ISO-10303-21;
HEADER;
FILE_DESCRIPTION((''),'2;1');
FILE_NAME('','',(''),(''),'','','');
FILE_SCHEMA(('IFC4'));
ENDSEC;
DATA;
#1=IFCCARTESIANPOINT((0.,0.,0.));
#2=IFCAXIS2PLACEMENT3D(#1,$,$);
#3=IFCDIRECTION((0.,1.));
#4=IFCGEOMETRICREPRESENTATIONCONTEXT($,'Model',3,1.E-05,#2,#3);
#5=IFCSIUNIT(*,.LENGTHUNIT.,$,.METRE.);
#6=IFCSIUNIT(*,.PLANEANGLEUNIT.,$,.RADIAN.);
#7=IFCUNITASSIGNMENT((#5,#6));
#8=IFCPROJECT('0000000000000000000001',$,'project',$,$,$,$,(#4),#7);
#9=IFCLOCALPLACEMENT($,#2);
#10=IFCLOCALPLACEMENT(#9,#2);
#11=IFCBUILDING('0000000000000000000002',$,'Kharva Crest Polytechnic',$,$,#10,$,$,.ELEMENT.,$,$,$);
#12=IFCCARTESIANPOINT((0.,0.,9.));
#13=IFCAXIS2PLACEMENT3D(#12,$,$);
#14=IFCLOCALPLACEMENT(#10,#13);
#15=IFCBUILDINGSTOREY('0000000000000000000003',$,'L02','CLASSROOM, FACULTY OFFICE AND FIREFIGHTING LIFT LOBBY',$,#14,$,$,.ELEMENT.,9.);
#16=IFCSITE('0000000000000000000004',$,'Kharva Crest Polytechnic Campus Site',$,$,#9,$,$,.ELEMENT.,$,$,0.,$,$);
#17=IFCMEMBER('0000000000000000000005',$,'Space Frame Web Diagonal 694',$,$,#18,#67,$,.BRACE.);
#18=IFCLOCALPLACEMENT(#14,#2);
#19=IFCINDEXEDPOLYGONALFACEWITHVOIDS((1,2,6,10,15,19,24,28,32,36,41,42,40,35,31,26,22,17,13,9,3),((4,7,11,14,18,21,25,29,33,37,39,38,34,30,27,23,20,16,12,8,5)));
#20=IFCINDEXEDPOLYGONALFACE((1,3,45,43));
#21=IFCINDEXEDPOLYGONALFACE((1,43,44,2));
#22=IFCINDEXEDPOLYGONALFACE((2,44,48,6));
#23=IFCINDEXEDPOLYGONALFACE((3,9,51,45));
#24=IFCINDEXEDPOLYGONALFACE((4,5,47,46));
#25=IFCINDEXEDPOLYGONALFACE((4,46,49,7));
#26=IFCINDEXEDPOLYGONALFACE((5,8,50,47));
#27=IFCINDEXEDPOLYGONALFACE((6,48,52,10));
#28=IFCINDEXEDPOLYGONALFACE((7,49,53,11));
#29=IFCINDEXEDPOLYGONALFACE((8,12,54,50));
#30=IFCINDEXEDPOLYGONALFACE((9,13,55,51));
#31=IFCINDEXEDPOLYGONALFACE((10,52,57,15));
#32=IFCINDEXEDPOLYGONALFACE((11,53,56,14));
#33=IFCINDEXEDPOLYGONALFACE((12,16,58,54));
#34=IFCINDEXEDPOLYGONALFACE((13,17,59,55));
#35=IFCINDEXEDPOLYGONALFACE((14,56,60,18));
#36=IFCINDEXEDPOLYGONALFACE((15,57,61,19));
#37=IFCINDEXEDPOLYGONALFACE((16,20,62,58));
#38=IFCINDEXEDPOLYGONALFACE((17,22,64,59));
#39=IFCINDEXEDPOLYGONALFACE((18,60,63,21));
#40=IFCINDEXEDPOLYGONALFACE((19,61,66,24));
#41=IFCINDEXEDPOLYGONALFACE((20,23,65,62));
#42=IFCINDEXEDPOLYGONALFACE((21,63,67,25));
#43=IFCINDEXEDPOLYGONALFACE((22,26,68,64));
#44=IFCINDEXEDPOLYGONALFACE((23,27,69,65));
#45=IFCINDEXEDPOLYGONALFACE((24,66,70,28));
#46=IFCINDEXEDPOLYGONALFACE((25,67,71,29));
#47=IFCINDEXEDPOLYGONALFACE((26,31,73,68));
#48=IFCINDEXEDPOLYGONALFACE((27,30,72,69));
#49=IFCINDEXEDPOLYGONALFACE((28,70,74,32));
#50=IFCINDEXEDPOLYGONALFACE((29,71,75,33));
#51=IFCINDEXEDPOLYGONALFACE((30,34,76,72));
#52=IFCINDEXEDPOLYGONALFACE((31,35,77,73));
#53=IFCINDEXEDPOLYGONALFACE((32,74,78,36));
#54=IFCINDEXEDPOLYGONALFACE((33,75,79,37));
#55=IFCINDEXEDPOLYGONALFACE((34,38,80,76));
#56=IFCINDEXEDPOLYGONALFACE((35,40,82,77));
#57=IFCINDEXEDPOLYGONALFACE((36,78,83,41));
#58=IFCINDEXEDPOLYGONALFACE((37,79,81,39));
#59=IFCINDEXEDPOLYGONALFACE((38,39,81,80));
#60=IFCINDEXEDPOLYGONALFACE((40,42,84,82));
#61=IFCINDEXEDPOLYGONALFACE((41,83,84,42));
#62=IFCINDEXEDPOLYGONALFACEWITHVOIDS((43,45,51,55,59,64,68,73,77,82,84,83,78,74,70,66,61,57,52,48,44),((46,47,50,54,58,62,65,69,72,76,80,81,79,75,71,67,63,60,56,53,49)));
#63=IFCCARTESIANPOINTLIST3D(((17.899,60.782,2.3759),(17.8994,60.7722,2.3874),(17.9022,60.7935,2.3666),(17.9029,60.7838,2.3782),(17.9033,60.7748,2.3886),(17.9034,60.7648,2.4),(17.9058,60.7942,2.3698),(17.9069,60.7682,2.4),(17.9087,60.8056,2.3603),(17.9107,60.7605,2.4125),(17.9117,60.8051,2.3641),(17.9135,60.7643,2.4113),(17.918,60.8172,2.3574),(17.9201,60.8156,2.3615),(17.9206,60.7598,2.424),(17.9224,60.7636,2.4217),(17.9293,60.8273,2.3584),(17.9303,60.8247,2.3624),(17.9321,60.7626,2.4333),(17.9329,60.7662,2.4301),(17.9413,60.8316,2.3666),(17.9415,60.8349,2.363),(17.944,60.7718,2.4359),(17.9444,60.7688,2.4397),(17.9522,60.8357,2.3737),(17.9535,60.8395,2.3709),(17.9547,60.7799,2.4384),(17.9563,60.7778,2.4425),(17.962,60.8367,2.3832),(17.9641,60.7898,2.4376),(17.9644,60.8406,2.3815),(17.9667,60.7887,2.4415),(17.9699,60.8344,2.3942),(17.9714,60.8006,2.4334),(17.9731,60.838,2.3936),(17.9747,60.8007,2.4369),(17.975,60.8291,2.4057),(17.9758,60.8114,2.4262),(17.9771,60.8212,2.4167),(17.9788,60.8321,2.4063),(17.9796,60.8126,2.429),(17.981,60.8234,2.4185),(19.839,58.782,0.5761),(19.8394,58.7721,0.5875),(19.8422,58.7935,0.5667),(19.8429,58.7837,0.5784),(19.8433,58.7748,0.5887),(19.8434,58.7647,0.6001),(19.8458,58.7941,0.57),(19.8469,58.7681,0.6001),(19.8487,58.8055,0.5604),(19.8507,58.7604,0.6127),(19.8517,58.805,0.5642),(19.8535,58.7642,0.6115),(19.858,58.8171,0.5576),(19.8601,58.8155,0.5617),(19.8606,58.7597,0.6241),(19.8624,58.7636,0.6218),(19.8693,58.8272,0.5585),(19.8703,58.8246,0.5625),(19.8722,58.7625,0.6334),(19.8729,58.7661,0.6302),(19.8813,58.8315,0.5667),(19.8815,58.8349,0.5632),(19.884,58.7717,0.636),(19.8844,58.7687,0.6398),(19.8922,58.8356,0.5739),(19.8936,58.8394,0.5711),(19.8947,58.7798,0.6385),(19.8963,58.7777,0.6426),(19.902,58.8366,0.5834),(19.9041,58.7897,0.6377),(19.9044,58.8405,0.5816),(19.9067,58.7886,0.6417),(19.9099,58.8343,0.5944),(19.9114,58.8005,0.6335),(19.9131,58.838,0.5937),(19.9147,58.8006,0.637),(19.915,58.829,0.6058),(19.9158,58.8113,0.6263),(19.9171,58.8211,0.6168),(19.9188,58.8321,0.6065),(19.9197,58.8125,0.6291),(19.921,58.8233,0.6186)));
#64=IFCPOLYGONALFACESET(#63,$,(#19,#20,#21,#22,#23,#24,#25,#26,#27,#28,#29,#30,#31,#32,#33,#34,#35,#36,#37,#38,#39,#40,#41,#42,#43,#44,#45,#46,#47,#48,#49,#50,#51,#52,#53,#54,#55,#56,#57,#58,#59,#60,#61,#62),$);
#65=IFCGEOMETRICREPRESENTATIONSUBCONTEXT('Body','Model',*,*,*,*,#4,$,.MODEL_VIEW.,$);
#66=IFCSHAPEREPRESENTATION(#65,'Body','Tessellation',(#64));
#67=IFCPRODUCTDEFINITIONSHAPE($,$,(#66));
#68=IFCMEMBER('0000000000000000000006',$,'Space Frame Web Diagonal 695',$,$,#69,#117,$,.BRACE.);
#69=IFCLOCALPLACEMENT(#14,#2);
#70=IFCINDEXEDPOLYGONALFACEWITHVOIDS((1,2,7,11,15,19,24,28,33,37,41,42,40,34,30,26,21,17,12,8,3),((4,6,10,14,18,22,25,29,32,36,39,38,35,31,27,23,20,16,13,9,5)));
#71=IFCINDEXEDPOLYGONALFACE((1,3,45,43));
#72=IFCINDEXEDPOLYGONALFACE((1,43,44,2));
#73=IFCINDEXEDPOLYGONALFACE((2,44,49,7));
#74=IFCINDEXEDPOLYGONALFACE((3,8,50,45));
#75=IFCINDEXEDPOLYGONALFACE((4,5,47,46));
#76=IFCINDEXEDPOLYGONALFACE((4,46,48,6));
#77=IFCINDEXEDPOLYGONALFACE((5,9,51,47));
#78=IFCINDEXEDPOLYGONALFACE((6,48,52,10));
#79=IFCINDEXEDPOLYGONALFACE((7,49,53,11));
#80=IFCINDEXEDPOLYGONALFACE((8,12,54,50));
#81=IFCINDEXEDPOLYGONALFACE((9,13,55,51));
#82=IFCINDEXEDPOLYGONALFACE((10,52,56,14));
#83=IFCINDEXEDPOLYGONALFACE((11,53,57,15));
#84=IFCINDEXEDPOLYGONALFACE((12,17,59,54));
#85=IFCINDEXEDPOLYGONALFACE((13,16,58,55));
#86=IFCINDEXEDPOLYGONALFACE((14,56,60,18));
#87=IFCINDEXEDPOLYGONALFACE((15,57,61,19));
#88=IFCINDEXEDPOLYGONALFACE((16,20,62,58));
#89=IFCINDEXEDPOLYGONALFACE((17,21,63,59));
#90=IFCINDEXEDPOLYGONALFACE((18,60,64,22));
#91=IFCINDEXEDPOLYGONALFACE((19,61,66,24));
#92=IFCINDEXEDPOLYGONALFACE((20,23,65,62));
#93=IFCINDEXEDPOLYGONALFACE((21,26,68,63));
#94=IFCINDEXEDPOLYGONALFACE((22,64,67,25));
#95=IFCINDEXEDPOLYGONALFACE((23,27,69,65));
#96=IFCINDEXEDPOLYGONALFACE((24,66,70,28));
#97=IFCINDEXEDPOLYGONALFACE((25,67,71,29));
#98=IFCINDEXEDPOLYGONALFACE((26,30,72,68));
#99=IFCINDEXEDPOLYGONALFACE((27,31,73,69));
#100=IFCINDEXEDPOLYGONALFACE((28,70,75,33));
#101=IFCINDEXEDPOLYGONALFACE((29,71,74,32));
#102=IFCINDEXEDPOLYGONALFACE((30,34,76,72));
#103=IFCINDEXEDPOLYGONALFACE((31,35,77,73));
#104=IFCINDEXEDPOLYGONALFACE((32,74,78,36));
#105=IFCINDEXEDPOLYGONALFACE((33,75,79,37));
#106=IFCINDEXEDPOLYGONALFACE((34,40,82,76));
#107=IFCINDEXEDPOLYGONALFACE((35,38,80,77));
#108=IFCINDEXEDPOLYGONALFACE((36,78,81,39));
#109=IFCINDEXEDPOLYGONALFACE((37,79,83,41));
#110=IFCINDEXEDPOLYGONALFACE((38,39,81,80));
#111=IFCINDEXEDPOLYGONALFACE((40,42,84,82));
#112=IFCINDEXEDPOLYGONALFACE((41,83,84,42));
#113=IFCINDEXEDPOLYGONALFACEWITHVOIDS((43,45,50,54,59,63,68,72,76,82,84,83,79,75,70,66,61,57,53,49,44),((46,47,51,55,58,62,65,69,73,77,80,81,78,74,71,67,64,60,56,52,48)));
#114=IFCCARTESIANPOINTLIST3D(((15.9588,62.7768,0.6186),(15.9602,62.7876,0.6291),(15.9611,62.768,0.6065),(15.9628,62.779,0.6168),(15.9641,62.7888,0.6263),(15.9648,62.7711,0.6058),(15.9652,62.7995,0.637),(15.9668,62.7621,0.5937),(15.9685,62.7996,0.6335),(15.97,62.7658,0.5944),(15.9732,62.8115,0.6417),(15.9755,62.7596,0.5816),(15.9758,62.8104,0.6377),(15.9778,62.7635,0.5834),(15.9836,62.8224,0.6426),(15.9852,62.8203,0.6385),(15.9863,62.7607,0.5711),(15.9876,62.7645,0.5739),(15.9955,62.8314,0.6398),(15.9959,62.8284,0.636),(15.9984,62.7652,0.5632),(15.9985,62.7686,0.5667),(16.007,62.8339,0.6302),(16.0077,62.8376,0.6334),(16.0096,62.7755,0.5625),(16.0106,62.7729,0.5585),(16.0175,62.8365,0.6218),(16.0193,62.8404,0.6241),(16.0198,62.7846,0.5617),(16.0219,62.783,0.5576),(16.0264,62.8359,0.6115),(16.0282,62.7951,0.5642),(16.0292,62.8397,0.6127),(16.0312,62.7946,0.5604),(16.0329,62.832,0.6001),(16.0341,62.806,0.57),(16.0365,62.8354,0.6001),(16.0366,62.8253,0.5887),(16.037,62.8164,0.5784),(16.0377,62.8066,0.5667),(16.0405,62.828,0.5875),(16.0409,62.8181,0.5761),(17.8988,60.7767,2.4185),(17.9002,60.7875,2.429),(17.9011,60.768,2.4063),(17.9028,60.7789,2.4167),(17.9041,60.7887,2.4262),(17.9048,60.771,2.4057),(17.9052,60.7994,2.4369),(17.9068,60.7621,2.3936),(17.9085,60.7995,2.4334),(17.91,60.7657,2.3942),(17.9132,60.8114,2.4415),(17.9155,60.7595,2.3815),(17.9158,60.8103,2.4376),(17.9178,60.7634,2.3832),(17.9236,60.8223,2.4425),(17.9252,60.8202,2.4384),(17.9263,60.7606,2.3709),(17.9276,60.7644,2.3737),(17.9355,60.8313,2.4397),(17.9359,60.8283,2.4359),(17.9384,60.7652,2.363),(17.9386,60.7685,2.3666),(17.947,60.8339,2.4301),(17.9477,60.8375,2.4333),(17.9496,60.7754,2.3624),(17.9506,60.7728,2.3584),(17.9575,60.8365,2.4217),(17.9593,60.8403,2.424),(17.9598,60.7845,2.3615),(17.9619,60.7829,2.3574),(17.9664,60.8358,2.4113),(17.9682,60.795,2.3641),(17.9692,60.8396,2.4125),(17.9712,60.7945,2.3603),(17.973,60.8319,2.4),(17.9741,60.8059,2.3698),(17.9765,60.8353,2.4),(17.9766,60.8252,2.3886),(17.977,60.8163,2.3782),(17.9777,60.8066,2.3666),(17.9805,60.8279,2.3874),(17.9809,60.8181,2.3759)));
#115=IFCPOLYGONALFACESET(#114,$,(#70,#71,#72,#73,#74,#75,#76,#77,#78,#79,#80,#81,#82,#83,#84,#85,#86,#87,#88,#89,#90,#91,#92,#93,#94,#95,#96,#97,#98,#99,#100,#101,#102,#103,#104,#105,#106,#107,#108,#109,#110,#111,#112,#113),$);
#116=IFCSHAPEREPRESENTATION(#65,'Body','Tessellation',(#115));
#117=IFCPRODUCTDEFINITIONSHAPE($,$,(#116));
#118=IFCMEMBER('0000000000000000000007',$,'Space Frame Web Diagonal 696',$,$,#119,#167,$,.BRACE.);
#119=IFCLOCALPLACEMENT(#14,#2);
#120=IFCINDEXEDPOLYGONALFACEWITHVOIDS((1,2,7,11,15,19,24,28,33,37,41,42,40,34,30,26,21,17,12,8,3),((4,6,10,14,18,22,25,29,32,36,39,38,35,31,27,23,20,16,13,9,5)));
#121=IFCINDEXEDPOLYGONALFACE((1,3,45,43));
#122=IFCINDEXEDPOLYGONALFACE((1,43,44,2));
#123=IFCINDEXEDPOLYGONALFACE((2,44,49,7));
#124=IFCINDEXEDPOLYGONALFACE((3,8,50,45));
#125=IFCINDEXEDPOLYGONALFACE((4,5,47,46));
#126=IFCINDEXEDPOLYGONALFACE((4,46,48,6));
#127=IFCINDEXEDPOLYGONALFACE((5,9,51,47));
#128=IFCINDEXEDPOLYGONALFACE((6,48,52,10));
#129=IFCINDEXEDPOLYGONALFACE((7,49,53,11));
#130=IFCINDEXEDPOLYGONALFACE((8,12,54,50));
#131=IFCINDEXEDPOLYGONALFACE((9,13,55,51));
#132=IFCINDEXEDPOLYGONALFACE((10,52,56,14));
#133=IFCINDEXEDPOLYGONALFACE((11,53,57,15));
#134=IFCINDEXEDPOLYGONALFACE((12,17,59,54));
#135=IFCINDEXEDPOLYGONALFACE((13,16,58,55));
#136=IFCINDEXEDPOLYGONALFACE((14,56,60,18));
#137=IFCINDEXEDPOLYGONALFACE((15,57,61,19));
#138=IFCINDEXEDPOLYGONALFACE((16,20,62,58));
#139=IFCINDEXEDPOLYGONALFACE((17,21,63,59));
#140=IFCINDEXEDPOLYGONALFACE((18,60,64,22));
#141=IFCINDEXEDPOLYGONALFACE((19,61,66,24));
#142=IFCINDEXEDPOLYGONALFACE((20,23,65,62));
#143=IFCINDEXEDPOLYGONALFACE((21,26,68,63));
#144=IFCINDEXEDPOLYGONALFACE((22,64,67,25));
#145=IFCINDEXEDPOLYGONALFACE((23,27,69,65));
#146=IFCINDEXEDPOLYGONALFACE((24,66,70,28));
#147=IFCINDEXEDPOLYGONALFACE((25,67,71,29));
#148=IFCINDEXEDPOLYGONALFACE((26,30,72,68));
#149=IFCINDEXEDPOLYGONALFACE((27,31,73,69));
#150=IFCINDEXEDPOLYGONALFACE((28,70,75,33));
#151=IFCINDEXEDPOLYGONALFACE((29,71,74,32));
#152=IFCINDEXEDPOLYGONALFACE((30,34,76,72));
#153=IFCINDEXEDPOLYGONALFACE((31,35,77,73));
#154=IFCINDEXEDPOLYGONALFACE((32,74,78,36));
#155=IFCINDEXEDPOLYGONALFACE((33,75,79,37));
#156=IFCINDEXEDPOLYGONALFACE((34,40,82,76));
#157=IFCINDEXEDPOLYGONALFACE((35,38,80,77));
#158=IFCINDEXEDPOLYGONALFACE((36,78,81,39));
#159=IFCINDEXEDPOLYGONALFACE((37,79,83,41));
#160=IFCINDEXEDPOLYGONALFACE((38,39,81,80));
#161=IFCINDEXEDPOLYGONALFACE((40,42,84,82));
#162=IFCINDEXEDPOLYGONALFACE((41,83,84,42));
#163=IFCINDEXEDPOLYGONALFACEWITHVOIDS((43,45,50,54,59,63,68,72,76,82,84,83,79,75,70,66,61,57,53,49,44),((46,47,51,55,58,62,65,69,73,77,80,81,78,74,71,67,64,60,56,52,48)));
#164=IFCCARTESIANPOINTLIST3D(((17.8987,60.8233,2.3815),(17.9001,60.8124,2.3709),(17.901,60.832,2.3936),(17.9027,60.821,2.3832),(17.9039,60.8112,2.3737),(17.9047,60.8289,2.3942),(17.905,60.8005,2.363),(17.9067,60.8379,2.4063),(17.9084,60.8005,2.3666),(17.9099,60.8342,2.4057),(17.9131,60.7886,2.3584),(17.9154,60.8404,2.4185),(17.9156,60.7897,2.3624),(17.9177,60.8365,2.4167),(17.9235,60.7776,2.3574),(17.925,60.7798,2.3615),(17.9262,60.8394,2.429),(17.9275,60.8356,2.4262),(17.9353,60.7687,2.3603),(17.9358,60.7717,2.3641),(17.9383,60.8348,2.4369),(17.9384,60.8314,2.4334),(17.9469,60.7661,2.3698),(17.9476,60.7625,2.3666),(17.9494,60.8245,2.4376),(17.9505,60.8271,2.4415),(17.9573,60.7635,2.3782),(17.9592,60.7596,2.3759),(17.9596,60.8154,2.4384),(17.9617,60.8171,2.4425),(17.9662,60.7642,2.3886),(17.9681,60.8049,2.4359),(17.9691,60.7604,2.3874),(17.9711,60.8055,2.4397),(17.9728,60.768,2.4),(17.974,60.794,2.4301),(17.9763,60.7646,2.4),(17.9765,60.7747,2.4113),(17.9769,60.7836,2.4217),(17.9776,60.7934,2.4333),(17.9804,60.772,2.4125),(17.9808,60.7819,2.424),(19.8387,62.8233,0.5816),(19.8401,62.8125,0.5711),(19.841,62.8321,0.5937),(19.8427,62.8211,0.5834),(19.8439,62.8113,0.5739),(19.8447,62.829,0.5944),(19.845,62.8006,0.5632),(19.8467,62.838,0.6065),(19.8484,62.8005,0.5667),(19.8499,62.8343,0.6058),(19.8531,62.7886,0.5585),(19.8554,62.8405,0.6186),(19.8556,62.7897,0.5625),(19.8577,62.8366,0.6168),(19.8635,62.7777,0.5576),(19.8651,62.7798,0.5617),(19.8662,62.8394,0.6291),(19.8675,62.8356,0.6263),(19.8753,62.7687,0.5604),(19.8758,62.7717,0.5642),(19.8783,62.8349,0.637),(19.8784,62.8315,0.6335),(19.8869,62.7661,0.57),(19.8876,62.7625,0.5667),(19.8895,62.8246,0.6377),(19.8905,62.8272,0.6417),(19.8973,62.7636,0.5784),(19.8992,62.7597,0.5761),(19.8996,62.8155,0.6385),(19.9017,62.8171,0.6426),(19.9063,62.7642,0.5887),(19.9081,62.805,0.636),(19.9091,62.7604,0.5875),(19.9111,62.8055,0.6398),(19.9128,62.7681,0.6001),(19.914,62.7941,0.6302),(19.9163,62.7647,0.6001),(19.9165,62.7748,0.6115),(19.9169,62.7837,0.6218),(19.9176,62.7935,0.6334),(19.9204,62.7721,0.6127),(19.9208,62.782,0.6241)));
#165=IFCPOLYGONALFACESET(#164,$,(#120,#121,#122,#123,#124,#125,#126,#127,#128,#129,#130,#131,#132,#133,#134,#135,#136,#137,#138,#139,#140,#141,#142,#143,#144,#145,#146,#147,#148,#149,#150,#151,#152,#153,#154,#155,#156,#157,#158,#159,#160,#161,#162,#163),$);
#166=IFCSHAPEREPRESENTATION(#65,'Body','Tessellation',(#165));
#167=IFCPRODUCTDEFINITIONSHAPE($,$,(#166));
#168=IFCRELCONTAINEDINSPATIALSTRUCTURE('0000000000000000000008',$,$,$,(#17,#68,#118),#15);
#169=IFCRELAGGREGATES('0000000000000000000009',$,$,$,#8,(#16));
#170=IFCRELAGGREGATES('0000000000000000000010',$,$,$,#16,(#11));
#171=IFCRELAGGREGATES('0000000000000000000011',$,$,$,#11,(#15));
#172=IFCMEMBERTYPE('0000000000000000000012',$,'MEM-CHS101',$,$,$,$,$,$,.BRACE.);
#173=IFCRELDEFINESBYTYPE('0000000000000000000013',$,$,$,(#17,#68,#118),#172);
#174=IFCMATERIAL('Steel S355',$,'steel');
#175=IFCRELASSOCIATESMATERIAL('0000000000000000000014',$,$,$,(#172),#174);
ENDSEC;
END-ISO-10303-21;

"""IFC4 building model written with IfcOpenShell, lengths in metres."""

from ifc_helpers import new_model, si_unit, direction, frame, origin, origin_2d, place, context, subcontext, project, spatial, hollow_circle, extrude, material, material_profile, profile_set, type_object, element, save


model = new_model("IFC4")

# Units and contexts
model_context = context("Model", 3, precision=1e-05, world=origin(), true_north=direction((0.0, 1.0)))
body_context = subcontext(model_context, "Body", "Model", "MODEL_VIEW")
ifc_project = project(units=[si_unit("LENGTHUNIT", "METRE"), si_unit("PLANEANGLEUNIT", "RADIAN")], contexts=[model_context])

# Site, building, storey
site_placement = place(None, origin())
site = spatial("IfcSite", under=ifc_project, at=site_placement, Name="Kharva Crest Polytechnic Campus Site", CompositionType="ELEMENT", RefElevation=0.0)
building_placement = place(site_placement, origin())
building = spatial("IfcBuilding", under=site, at=building_placement, Name="Kharva Crest Polytechnic", CompositionType="ELEMENT")
storey_placement = place(building_placement, frame((0.0, 0.0, 9.0)))
storey = spatial("IfcBuildingStorey", under=building, at=storey_placement, Name="L02", Description="CLASSROOM, FACULTY OFFICE AND FIREFIGHTING LIFT LOBBY", CompositionType="ELEMENT", Elevation=9.0)

# Shared definitions
ifc_material_1 = material(Name="Steel S355", Category="steel")

# Members
ifc_material_profile_1 = material_profile(ifc_material_1, hollow_circle(Radius=0.0508, WallThickness=0.0049, at=origin_2d()), Name="CHS 101.6X5.0")
ifc_profile_set_1 = profile_set([ifc_material_profile_1], Name="Steel S355")
member_type_1 = type_object("IfcMemberType", Name="MEM-CHS101", PredefinedType="BRACE", material=ifc_profile_set_1)
for number, where, z_axis, x_axis, name in (
    (1, (19.8799, 58.8, 0.6001), (-0.584843, 0.60295, 0.542596), (-0.717802, -0.696247, 0.0), "Space Frame Web Diagonal 694"),
    (2, (16.0, 62.8, 0.6001), (0.584843, -0.60295, 0.542596), (0.717802, 0.696247, 0.0), "Space Frame Web Diagonal 695"),
    (3, (19.8799, 62.8, 0.6001), (-0.584843, -0.60295, 0.542596), (0.717802, -0.696247, 0.0), "Space Frame Web Diagonal 696"),
):
    element("IfcMember", number, at=place(storey_placement, frame(where, z_axis=z_axis, x_axis=x_axis)), inside=storey, type_object=member_type_1, Name=name, PredefinedType="BRACE", context=body_context, shape_type="SweptSolid", body=[
        extrude(hollow_circle(Radius=0.0508, WallThickness=0.0049, at=origin_2d()), origin(), (0.0, 0.0, 1.0), 3.3171),
    ])

save(model, "model.ifc")
